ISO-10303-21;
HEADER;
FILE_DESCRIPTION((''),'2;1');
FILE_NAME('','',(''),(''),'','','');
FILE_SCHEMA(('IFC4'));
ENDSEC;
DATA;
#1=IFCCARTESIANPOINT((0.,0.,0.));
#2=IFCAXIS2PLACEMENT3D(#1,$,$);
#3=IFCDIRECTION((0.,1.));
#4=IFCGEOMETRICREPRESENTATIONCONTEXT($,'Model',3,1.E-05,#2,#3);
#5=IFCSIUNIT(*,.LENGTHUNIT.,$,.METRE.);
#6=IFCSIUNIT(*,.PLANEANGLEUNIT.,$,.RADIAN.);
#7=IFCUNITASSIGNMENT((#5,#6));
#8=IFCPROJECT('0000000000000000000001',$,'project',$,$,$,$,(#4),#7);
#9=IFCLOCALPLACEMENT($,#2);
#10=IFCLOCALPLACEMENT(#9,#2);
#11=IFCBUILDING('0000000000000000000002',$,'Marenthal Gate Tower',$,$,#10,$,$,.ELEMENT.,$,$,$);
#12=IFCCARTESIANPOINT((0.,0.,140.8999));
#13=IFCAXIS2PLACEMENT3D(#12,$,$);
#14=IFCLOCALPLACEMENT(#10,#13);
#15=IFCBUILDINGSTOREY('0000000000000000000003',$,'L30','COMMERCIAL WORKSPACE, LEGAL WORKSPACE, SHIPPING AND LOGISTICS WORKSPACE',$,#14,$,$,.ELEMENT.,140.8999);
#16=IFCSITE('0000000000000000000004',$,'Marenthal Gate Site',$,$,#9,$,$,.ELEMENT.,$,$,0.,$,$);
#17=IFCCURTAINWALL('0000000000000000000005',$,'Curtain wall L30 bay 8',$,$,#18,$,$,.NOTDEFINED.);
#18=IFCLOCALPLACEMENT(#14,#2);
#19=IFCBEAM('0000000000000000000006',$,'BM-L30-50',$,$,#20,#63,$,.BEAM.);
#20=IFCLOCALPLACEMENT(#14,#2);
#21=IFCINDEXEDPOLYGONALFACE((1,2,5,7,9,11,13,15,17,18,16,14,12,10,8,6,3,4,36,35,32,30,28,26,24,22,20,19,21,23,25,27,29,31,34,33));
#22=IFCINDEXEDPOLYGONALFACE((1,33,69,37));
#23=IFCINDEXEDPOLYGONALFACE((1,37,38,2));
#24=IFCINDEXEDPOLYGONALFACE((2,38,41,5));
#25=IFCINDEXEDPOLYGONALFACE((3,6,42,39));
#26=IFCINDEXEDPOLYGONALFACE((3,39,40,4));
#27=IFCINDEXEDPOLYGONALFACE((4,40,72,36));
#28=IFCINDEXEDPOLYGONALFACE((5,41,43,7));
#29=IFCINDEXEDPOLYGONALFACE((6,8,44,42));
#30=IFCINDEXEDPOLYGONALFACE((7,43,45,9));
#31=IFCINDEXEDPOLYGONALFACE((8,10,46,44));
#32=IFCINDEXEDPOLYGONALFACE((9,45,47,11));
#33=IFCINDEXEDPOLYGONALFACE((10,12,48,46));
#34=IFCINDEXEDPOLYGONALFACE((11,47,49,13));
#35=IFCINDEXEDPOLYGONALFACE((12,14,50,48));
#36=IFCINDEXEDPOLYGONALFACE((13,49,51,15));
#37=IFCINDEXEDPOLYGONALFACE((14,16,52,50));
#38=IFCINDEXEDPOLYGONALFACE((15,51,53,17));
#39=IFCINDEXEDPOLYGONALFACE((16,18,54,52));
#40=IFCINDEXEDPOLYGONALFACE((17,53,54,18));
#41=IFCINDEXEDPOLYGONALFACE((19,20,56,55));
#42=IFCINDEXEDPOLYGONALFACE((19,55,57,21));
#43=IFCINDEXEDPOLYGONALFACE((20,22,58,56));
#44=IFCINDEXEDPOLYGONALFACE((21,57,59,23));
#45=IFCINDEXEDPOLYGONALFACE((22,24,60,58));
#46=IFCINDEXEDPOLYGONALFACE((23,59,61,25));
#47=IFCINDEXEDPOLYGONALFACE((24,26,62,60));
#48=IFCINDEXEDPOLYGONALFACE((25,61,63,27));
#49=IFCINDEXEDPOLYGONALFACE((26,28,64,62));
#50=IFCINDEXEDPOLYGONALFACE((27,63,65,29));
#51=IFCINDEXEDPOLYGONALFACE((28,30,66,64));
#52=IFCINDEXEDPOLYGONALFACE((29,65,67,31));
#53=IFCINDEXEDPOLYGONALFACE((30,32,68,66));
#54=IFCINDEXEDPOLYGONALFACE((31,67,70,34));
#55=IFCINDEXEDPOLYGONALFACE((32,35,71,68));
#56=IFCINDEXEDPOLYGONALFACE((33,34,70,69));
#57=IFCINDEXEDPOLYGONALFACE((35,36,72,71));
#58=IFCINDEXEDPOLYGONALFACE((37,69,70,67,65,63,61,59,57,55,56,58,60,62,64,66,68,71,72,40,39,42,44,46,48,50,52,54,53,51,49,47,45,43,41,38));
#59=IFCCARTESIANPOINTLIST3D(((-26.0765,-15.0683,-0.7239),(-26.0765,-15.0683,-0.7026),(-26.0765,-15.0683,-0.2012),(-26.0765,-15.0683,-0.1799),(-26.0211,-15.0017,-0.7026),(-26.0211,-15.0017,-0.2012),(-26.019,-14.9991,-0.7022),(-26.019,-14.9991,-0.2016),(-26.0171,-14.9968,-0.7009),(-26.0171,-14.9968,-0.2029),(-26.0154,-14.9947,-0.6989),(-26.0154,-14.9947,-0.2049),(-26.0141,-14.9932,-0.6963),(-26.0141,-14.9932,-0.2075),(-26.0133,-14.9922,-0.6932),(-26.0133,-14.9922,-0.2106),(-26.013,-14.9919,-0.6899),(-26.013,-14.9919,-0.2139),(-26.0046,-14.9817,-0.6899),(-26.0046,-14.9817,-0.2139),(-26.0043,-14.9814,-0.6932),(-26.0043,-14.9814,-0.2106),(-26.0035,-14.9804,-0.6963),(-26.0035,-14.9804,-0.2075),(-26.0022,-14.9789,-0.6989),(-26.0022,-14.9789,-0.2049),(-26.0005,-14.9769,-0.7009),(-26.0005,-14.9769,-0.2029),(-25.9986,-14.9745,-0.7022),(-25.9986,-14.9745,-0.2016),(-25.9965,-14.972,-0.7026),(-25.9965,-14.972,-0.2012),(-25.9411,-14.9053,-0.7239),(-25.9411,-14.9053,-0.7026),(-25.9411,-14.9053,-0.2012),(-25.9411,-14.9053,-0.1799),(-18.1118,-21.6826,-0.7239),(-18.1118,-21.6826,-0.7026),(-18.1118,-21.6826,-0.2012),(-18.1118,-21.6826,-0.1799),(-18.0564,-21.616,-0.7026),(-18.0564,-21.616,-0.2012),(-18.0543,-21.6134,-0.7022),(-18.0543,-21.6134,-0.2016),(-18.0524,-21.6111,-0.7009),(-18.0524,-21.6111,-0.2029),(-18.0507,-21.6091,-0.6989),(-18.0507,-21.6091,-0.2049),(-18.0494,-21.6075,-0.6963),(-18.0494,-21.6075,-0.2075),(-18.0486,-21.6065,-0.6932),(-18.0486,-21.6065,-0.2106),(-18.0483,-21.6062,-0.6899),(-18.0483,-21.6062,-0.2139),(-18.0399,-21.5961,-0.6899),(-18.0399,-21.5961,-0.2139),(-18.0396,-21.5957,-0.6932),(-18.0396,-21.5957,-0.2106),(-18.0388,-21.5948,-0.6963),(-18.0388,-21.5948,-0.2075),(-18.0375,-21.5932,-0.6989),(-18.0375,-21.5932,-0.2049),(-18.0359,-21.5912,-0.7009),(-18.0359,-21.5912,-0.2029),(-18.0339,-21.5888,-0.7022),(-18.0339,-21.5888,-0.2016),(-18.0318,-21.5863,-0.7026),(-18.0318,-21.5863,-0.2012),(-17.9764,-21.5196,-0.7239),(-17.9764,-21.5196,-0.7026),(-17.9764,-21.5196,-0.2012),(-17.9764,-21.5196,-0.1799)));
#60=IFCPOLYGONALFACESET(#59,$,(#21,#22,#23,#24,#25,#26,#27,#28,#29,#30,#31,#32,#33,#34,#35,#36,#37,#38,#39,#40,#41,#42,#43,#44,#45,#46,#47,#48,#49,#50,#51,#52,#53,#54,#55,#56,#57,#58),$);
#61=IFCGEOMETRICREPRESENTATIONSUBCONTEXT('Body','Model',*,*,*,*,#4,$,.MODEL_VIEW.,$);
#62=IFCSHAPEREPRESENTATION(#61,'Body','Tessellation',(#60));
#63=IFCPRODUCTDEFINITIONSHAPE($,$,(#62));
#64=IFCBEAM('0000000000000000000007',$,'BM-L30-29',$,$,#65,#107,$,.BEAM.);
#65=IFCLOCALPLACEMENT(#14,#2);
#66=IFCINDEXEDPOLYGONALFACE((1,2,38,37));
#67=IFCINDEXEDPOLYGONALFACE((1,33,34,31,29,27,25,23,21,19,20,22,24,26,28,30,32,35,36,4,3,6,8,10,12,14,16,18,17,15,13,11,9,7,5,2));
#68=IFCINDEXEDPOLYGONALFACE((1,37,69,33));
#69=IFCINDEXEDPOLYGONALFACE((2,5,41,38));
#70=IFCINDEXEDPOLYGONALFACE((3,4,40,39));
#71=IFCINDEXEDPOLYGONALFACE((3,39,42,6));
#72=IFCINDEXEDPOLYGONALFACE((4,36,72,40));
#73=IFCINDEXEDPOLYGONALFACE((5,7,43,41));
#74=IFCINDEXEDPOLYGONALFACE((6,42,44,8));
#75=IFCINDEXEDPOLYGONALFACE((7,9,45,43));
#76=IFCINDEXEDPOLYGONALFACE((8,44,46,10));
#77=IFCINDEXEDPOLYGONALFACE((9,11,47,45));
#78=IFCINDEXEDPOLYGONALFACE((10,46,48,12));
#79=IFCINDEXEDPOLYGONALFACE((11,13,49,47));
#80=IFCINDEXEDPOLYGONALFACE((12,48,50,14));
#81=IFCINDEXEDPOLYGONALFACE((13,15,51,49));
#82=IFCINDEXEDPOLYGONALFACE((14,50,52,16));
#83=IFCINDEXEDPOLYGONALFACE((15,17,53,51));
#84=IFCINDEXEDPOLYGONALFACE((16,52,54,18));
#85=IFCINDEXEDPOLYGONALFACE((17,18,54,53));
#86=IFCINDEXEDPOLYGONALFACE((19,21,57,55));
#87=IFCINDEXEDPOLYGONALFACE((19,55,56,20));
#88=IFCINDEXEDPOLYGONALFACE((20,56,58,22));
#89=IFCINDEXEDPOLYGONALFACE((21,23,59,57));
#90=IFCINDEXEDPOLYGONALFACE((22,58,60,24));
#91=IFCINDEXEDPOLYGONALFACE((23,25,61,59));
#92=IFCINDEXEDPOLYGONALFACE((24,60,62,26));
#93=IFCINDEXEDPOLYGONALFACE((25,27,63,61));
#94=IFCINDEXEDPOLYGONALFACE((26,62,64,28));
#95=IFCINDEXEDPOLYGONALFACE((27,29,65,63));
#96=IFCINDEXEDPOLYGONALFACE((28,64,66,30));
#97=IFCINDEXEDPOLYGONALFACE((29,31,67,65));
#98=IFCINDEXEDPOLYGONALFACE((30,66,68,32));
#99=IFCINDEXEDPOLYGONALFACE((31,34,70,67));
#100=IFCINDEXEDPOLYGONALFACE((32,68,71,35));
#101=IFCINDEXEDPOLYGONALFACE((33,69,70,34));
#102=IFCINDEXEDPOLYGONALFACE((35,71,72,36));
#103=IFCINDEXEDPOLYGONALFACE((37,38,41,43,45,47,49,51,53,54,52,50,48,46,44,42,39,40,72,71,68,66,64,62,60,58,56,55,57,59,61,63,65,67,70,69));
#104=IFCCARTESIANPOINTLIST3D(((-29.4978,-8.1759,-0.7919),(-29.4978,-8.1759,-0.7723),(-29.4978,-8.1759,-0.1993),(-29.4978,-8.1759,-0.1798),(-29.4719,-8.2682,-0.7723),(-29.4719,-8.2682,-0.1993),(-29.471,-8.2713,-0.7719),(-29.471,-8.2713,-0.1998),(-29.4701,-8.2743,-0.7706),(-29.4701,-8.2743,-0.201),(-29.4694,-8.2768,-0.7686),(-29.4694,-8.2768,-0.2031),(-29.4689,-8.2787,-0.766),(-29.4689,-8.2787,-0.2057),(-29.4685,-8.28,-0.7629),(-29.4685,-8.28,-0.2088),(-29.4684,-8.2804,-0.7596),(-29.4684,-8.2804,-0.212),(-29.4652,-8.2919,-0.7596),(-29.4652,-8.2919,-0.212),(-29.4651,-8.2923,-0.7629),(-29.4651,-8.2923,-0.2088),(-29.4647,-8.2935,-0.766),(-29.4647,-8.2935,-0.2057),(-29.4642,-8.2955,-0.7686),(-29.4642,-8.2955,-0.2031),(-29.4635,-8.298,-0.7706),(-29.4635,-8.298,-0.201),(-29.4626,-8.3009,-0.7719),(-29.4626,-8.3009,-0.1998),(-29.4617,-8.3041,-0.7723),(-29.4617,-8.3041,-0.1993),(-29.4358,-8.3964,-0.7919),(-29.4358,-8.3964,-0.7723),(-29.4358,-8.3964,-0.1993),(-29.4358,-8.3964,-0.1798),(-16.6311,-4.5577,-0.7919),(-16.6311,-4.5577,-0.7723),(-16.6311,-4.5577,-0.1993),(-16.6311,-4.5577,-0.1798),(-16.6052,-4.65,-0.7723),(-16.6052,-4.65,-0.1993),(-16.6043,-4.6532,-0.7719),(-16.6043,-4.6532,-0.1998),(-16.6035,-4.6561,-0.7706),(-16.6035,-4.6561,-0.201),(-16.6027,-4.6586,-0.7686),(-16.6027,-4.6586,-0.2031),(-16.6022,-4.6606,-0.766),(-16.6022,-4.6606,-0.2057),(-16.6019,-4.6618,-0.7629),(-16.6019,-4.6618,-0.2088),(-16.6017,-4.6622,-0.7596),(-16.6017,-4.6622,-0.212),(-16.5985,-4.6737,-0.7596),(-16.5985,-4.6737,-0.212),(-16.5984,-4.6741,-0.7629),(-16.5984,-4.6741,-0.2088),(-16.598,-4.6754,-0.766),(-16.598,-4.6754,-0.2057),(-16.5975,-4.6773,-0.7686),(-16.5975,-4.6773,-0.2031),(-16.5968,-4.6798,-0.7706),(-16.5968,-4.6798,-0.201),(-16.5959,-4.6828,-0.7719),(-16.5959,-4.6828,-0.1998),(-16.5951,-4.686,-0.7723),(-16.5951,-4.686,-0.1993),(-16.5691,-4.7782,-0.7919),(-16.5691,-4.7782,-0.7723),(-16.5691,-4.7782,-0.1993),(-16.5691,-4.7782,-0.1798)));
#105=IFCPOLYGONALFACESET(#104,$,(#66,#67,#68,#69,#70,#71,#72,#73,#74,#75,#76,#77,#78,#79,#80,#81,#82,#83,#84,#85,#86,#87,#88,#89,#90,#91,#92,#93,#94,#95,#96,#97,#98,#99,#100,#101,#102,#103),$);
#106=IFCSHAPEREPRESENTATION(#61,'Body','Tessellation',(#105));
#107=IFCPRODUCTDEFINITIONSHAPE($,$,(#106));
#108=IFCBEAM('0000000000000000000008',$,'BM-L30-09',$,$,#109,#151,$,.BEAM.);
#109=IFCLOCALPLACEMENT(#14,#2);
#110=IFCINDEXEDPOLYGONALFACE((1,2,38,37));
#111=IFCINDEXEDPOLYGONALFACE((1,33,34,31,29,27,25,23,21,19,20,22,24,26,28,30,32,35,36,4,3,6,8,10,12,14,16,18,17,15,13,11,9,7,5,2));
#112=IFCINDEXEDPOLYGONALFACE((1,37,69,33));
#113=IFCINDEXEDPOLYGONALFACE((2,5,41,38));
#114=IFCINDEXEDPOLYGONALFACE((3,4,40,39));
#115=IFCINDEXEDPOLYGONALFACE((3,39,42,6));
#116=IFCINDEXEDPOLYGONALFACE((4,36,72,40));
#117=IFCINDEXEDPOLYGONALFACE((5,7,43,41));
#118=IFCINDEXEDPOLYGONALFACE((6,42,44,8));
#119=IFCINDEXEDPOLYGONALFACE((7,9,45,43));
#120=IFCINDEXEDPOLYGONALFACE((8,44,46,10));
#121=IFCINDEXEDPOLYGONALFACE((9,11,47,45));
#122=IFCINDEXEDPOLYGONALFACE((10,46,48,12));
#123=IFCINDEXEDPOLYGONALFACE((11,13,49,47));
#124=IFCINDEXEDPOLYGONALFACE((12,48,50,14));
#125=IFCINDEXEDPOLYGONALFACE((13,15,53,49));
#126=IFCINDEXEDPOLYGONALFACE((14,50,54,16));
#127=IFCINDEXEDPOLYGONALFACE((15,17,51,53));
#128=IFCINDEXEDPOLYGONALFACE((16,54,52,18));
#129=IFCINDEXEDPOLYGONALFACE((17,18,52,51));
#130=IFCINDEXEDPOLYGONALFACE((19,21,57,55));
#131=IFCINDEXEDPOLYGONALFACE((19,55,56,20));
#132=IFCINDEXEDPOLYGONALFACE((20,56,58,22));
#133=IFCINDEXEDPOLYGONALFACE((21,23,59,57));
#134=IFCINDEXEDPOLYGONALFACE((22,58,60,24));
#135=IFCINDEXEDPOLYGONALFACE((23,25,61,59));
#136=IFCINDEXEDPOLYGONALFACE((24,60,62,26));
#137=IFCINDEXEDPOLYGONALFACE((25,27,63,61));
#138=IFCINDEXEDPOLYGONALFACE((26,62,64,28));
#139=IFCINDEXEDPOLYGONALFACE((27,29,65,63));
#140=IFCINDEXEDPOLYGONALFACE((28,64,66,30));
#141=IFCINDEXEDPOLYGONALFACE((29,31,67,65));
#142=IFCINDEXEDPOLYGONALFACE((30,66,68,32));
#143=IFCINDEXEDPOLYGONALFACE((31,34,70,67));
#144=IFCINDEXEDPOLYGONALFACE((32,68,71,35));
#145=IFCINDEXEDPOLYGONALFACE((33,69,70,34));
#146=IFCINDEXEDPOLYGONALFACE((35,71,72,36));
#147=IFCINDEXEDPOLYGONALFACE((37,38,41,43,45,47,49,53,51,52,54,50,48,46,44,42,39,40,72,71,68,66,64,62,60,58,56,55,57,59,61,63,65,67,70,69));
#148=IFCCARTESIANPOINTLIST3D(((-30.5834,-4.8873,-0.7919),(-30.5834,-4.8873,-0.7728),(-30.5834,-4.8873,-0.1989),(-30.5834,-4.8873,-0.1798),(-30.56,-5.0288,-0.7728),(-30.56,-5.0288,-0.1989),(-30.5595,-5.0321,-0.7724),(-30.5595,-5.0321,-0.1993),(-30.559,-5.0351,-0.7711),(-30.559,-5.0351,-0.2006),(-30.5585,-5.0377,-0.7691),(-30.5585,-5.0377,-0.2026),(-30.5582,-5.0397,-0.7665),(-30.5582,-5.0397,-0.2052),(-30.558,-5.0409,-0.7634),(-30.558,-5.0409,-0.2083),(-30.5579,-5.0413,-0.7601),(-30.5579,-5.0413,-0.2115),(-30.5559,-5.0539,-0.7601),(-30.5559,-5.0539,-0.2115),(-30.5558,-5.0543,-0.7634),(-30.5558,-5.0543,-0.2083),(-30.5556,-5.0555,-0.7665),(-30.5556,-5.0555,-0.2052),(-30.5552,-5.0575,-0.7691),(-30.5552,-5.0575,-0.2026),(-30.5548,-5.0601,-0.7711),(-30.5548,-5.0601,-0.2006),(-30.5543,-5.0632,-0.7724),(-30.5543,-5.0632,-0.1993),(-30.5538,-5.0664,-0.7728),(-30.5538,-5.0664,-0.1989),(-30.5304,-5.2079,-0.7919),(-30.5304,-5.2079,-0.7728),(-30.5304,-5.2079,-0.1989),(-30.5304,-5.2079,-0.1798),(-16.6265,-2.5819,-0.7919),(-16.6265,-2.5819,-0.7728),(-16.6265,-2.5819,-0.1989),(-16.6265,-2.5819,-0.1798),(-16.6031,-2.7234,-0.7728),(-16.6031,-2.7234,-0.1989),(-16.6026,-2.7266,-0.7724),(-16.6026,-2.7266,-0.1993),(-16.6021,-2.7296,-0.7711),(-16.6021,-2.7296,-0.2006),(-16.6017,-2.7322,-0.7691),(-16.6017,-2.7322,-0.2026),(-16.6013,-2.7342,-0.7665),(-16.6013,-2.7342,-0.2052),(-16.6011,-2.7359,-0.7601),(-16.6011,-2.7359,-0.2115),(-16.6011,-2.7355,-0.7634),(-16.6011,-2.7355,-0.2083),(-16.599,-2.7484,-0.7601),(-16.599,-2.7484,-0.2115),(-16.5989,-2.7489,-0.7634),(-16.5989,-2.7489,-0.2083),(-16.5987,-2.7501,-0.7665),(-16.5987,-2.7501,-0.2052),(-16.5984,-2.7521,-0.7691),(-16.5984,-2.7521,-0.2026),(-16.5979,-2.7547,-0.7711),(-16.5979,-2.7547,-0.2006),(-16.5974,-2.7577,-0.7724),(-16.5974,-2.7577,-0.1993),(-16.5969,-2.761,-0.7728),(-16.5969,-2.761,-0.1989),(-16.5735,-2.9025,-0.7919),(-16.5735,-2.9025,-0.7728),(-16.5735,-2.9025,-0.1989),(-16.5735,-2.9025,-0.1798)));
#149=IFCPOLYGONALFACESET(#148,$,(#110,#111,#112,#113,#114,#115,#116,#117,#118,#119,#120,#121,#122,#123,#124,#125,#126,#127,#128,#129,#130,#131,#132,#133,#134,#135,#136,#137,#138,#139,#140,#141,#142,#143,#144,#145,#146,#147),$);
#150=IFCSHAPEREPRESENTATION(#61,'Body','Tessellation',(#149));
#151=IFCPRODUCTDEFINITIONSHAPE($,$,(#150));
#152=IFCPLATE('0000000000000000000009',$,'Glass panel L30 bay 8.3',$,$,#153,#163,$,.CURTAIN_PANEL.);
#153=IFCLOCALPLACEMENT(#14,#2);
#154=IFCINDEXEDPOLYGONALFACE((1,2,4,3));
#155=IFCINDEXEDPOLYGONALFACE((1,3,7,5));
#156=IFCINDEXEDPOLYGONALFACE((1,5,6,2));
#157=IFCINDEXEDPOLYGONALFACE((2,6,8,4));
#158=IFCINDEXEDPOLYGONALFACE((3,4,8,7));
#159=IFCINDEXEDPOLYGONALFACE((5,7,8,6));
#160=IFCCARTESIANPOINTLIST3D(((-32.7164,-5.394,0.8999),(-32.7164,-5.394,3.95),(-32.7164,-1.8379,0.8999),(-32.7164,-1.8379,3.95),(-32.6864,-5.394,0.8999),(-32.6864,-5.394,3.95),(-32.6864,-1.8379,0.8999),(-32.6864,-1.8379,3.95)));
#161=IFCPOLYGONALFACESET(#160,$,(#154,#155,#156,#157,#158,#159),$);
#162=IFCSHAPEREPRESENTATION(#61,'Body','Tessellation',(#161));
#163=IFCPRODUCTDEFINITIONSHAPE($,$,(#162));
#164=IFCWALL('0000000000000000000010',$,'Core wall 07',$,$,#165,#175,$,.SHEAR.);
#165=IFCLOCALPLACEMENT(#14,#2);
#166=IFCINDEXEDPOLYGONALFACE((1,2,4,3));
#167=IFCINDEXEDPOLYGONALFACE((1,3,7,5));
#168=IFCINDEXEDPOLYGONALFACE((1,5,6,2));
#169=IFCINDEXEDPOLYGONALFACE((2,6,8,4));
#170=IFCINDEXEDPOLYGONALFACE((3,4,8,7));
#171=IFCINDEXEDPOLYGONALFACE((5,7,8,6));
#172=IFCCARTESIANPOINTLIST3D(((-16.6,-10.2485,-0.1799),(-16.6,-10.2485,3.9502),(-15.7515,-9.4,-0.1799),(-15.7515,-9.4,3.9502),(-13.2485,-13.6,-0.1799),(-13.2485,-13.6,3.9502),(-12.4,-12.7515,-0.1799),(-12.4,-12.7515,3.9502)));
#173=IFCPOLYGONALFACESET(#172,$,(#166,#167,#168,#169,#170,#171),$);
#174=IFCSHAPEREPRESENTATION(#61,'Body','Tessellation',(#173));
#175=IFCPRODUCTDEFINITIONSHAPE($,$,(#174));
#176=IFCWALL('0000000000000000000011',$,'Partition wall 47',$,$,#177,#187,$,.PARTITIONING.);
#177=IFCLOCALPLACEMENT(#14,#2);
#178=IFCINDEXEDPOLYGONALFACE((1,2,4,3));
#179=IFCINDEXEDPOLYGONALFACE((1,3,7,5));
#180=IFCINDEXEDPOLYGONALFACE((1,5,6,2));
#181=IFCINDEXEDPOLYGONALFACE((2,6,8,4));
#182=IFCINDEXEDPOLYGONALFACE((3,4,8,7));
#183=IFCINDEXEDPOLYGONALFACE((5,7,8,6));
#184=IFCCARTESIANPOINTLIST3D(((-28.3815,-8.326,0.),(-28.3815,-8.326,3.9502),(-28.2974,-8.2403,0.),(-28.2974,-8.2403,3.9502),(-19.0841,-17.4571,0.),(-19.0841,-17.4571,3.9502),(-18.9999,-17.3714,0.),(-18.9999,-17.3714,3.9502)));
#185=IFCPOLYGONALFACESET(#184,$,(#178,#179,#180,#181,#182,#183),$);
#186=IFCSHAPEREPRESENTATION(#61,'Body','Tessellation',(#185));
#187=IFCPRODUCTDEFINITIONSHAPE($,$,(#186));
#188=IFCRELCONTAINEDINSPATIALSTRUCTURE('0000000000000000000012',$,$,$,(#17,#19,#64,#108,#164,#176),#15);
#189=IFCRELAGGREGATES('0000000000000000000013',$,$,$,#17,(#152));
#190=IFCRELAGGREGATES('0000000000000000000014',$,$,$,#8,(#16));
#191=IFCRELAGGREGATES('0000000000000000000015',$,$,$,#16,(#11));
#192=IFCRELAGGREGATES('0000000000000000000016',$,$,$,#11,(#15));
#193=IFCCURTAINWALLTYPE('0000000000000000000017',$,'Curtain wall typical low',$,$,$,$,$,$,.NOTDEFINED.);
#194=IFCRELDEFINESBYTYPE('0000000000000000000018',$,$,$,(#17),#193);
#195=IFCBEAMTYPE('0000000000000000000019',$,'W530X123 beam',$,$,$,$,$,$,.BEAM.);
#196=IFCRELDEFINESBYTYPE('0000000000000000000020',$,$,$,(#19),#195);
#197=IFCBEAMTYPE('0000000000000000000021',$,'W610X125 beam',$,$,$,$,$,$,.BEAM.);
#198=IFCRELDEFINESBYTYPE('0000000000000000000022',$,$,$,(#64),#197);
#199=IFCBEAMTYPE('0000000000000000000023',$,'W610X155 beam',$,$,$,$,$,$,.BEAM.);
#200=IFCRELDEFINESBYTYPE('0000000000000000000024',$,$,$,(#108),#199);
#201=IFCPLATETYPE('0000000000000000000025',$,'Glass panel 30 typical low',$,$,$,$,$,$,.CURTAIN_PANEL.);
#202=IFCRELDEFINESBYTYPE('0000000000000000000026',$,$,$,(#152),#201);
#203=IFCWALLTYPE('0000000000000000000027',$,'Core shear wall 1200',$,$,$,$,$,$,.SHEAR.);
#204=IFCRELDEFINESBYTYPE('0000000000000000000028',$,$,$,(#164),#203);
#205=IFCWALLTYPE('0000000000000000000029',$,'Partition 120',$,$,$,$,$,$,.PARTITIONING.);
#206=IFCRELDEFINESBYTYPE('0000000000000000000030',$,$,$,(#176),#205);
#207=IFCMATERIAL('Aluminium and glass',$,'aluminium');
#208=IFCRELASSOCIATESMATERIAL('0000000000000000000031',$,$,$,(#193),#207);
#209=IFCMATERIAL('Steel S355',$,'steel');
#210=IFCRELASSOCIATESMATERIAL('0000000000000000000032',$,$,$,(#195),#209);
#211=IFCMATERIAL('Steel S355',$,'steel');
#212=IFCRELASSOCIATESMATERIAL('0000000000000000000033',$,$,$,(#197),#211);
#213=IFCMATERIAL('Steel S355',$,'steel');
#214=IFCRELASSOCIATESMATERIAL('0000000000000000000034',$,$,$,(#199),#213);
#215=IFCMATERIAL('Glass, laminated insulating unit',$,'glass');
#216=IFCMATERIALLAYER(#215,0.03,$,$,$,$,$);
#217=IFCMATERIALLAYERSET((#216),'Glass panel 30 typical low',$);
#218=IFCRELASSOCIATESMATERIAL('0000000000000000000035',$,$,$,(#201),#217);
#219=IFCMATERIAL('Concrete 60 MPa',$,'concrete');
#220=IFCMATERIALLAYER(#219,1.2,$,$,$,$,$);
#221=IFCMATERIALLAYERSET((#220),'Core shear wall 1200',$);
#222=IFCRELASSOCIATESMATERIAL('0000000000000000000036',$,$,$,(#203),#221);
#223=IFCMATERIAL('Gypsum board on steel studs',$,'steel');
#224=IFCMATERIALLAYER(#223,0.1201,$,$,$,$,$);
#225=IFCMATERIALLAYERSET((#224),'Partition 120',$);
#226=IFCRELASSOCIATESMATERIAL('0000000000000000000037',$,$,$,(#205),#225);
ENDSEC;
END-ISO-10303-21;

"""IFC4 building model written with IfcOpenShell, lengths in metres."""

from ifc_helpers import new_model, si_unit, direction, frame, frame_2d, origin, origin_2d, place, context, subcontext, project, spatial, rectangle, i_section, extrude, material, layer, layer_set, material_profile, profile_set, type_object, element, aggregate, save


model = new_model("IFC4")

# Units and contexts
model_context = context("Model", 3, precision=1e-05, world=origin(), true_north=direction((0.0, 1.0)))
body_context = subcontext(model_context, "Body", "Model", "MODEL_VIEW")
ifc_project = project(units=[si_unit("LENGTHUNIT", "METRE"), si_unit("PLANEANGLEUNIT", "RADIAN")], contexts=[model_context])

# Site, building, storey
site_placement = place(None, origin())
site = spatial("IfcSite", under=ifc_project, at=site_placement, Name="Marenthal Gate Site", CompositionType="ELEMENT", RefElevation=0.0)
building_placement = place(site_placement, origin())
building = spatial("IfcBuilding", under=site, at=building_placement, Name="Marenthal Gate Tower", CompositionType="ELEMENT")
storey_placement = place(building_placement, frame((0.0, 0.0, 140.8999)))
storey = spatial("IfcBuildingStorey", under=building, at=storey_placement, Name="L30", Description="COMMERCIAL WORKSPACE, LEGAL WORKSPACE, SHIPPING AND LOGISTICS WORKSPACE", CompositionType="ELEMENT", Elevation=140.8999)

# Curtain wall
ifc_material_1 = material(Name="Aluminium and glass", Category="aluminium")
curtain_wall_type = type_object("IfcCurtainWallType", Name="Curtain wall typical low", PredefinedType="NOTDEFINED", material=ifc_material_1)
curtain_wall_placement = place(storey_placement, origin())
curtain_wall = element("IfcCurtainWall", 1, at=curtain_wall_placement, inside=storey, type_object=curtain_wall_type, Name="Curtain wall L30 bay 8", PredefinedType="NOTDEFINED")

# Beams
ifc_material_2 = material(Name="Steel S355", Category="steel")
ifc_material_profile_1 = material_profile(ifc_material_2, i_section(OverallWidth=0.2119, OverallDepth=0.5439, WebThickness=0.0132, FlangeThickness=0.0212, FilletRadius=0.0127, at=origin_2d()), Name="W530X123")
ifc_profile_set_1 = profile_set([ifc_material_profile_1], Name="Steel S355")
beam_type_1 = type_object("IfcBeamType", Name="W530X123 beam", PredefinedType="BEAM", material=ifc_profile_set_1)
beam_1_placement = place(storey_placement, frame((-26.0088, -14.9868, -0.4519), z_axis=(0.769308, -0.638878, 0.0), x_axis=(0.638878, 0.769308, 0.0)))
element("IfcBeam", 2, at=beam_1_placement, inside=storey, type_object=beam_type_1, Name="BM-L30-50", PredefinedType="BEAM", context=body_context, shape_type="SweptSolid", body=[
    extrude(i_section(OverallWidth=0.2119, OverallDepth=0.5439, WebThickness=0.0132, FlangeThickness=0.0212, FilletRadius=0.0127, at=origin_2d()), origin(), (0.0, 0.0, 1.0), 10.353),
])
ifc_material_3 = material(Name="Steel S355", Category="steel")
ifc_material_profile_2 = material_profile(ifc_material_3, i_section(OverallWidth=0.229, OverallDepth=0.6121, WebThickness=0.012, FlangeThickness=0.0195, FilletRadius=0.0127, at=origin_2d()), Name="W610X125")
ifc_profile_set_2 = profile_set([ifc_material_profile_2], Name="Steel S355")
beam_type_2 = type_object("IfcBeamType", Name="W610X125 beam", PredefinedType="BEAM", material=ifc_profile_set_2)
beam_2_placement = place(storey_placement, frame((-29.4668, -8.2861, -0.4858), z_axis=(0.962663, 0.270704, 0.0), x_axis=(-0.270704, 0.962663, 0.0)))
element("IfcBeam", 3, at=beam_2_placement, inside=storey, type_object=beam_type_2, Name="BM-L30-29", PredefinedType="BEAM", context=body_context, shape_type="SweptSolid", body=[
    extrude(i_section(OverallWidth=0.229, OverallDepth=0.6121, WebThickness=0.012, FlangeThickness=0.0195, FilletRadius=0.0127, at=origin_2d()), origin(), (0.0, 0.0, 1.0), 13.3657),
])
ifc_material_4 = material(Name="Steel S355", Category="steel")
ifc_material_profile_3 = material_profile(ifc_material_4, i_section(OverallWidth=0.325, OverallDepth=0.6121, WebThickness=0.0127, FlangeThickness=0.019, FilletRadius=0.0127, at=origin_2d()), Name="W610X155")
ifc_profile_set_3 = profile_set([ifc_material_profile_3], Name="Steel S355")
beam_type_3 = type_object("IfcBeamType", Name="W610X155 beam", PredefinedType="BEAM", material=ifc_profile_set_3)
beam_3_placement = place(storey_placement, frame((-30.5569, -5.0476, -0.4858), z_axis=(0.98663, 0.162974, 0.0), x_axis=(-0.162974, 0.98663, 0.0)))
element("IfcBeam", 4, at=beam_3_placement, inside=storey, type_object=beam_type_3, Name="BM-L30-09", PredefinedType="BEAM", context=body_context, shape_type="SweptSolid", body=[
    extrude(i_section(OverallWidth=0.325, OverallDepth=0.6121, WebThickness=0.0127, FlangeThickness=0.019, FilletRadius=0.0127, at=origin_2d()), origin(), (0.0, 0.0, 1.0), 14.146),
])

# Plate
ifc_material_5 = material(Name="Glass, laminated insulating unit", Category="glass")
ifc_layer_1 = layer(ifc_material_5, 0.03)
ifc_layer_set_1 = layer_set([ifc_layer_1], Name="Glass panel 30 typical low")
plate_type = type_object("IfcPlateType", Name="Glass panel 30 typical low", PredefinedType="CURTAIN_PANEL", material=ifc_layer_set_1)
plate_placement = place(storey_placement, frame((-32.7014, -3.616, 0.8999), z_axis=(0.0, 0.0, 1.0), x_axis=(0.0, -1.0, 0.0)))
plate = element("IfcPlate", 5, at=plate_placement, type_object=plate_type, Name="Glass panel L30 bay 8.3", PredefinedType="CURTAIN_PANEL", context=body_context, shape_type="SweptSolid", body=[
    extrude(rectangle(XDim=3.5562, YDim=0.03, at=origin_2d()), origin(), (0.0, 0.0, 1.0), 3.05),
])
aggregate(curtain_wall, [plate])

# Walls
ifc_material_6 = material(Name="Concrete 60 MPa", Category="concrete")
ifc_layer_2 = layer(ifc_material_6, 1.2)
ifc_layer_set_2 = layer_set([ifc_layer_2], Name="Core shear wall 1200")
wall_type_1 = type_object("IfcWallType", Name="Core shear wall 1200", PredefinedType="SHEAR", material=ifc_layer_set_2)
wall_1_placement = place(storey_placement, frame((-16.1758, -9.8242, -0.1799), z_axis=(0.0, 0.0, 1.0), x_axis=(0.707107, -0.707107, 0.0)))
element("IfcWall", 6, at=wall_1_placement, inside=storey, type_object=wall_type_1, Name="Core wall 07", PredefinedType="SHEAR", context=body_context, shape_type="SweptSolid", body=[
    extrude(rectangle(XDim=4.7397, YDim=1.2, at=frame_2d((2.3699, 0.0))), origin(), (0.0, 0.0, 1.0), 4.1301),
])
ifc_material_7 = material(Name="Gypsum board on steel studs", Category="steel")
ifc_layer_3 = layer(ifc_material_7, 0.1201)
ifc_layer_set_3 = layer_set([ifc_layer_3], Name="Partition 120")
wall_type_2 = type_object("IfcWallType", Name="Partition 120", PredefinedType="PARTITIONING", material=ifc_layer_set_3)
wall_2_placement = place(storey_placement, frame((-28.3394, -8.2832, 0.0), z_axis=(0.0, 0.0, 1.0), x_axis=(0.713457, -0.700699, 0.0)))
element("IfcWall", 7, at=wall_2_placement, inside=storey, type_object=wall_type_2, Name="Partition wall 47", PredefinedType="PARTITIONING", context=body_context, shape_type="SweptSolid", body=[
    extrude(rectangle(XDim=13.0315, YDim=0.1201, at=frame_2d((6.5156, 0.0))), origin(), (0.0, 0.0, 1.0), 3.9502),
])

save(model, "model.ifc")
